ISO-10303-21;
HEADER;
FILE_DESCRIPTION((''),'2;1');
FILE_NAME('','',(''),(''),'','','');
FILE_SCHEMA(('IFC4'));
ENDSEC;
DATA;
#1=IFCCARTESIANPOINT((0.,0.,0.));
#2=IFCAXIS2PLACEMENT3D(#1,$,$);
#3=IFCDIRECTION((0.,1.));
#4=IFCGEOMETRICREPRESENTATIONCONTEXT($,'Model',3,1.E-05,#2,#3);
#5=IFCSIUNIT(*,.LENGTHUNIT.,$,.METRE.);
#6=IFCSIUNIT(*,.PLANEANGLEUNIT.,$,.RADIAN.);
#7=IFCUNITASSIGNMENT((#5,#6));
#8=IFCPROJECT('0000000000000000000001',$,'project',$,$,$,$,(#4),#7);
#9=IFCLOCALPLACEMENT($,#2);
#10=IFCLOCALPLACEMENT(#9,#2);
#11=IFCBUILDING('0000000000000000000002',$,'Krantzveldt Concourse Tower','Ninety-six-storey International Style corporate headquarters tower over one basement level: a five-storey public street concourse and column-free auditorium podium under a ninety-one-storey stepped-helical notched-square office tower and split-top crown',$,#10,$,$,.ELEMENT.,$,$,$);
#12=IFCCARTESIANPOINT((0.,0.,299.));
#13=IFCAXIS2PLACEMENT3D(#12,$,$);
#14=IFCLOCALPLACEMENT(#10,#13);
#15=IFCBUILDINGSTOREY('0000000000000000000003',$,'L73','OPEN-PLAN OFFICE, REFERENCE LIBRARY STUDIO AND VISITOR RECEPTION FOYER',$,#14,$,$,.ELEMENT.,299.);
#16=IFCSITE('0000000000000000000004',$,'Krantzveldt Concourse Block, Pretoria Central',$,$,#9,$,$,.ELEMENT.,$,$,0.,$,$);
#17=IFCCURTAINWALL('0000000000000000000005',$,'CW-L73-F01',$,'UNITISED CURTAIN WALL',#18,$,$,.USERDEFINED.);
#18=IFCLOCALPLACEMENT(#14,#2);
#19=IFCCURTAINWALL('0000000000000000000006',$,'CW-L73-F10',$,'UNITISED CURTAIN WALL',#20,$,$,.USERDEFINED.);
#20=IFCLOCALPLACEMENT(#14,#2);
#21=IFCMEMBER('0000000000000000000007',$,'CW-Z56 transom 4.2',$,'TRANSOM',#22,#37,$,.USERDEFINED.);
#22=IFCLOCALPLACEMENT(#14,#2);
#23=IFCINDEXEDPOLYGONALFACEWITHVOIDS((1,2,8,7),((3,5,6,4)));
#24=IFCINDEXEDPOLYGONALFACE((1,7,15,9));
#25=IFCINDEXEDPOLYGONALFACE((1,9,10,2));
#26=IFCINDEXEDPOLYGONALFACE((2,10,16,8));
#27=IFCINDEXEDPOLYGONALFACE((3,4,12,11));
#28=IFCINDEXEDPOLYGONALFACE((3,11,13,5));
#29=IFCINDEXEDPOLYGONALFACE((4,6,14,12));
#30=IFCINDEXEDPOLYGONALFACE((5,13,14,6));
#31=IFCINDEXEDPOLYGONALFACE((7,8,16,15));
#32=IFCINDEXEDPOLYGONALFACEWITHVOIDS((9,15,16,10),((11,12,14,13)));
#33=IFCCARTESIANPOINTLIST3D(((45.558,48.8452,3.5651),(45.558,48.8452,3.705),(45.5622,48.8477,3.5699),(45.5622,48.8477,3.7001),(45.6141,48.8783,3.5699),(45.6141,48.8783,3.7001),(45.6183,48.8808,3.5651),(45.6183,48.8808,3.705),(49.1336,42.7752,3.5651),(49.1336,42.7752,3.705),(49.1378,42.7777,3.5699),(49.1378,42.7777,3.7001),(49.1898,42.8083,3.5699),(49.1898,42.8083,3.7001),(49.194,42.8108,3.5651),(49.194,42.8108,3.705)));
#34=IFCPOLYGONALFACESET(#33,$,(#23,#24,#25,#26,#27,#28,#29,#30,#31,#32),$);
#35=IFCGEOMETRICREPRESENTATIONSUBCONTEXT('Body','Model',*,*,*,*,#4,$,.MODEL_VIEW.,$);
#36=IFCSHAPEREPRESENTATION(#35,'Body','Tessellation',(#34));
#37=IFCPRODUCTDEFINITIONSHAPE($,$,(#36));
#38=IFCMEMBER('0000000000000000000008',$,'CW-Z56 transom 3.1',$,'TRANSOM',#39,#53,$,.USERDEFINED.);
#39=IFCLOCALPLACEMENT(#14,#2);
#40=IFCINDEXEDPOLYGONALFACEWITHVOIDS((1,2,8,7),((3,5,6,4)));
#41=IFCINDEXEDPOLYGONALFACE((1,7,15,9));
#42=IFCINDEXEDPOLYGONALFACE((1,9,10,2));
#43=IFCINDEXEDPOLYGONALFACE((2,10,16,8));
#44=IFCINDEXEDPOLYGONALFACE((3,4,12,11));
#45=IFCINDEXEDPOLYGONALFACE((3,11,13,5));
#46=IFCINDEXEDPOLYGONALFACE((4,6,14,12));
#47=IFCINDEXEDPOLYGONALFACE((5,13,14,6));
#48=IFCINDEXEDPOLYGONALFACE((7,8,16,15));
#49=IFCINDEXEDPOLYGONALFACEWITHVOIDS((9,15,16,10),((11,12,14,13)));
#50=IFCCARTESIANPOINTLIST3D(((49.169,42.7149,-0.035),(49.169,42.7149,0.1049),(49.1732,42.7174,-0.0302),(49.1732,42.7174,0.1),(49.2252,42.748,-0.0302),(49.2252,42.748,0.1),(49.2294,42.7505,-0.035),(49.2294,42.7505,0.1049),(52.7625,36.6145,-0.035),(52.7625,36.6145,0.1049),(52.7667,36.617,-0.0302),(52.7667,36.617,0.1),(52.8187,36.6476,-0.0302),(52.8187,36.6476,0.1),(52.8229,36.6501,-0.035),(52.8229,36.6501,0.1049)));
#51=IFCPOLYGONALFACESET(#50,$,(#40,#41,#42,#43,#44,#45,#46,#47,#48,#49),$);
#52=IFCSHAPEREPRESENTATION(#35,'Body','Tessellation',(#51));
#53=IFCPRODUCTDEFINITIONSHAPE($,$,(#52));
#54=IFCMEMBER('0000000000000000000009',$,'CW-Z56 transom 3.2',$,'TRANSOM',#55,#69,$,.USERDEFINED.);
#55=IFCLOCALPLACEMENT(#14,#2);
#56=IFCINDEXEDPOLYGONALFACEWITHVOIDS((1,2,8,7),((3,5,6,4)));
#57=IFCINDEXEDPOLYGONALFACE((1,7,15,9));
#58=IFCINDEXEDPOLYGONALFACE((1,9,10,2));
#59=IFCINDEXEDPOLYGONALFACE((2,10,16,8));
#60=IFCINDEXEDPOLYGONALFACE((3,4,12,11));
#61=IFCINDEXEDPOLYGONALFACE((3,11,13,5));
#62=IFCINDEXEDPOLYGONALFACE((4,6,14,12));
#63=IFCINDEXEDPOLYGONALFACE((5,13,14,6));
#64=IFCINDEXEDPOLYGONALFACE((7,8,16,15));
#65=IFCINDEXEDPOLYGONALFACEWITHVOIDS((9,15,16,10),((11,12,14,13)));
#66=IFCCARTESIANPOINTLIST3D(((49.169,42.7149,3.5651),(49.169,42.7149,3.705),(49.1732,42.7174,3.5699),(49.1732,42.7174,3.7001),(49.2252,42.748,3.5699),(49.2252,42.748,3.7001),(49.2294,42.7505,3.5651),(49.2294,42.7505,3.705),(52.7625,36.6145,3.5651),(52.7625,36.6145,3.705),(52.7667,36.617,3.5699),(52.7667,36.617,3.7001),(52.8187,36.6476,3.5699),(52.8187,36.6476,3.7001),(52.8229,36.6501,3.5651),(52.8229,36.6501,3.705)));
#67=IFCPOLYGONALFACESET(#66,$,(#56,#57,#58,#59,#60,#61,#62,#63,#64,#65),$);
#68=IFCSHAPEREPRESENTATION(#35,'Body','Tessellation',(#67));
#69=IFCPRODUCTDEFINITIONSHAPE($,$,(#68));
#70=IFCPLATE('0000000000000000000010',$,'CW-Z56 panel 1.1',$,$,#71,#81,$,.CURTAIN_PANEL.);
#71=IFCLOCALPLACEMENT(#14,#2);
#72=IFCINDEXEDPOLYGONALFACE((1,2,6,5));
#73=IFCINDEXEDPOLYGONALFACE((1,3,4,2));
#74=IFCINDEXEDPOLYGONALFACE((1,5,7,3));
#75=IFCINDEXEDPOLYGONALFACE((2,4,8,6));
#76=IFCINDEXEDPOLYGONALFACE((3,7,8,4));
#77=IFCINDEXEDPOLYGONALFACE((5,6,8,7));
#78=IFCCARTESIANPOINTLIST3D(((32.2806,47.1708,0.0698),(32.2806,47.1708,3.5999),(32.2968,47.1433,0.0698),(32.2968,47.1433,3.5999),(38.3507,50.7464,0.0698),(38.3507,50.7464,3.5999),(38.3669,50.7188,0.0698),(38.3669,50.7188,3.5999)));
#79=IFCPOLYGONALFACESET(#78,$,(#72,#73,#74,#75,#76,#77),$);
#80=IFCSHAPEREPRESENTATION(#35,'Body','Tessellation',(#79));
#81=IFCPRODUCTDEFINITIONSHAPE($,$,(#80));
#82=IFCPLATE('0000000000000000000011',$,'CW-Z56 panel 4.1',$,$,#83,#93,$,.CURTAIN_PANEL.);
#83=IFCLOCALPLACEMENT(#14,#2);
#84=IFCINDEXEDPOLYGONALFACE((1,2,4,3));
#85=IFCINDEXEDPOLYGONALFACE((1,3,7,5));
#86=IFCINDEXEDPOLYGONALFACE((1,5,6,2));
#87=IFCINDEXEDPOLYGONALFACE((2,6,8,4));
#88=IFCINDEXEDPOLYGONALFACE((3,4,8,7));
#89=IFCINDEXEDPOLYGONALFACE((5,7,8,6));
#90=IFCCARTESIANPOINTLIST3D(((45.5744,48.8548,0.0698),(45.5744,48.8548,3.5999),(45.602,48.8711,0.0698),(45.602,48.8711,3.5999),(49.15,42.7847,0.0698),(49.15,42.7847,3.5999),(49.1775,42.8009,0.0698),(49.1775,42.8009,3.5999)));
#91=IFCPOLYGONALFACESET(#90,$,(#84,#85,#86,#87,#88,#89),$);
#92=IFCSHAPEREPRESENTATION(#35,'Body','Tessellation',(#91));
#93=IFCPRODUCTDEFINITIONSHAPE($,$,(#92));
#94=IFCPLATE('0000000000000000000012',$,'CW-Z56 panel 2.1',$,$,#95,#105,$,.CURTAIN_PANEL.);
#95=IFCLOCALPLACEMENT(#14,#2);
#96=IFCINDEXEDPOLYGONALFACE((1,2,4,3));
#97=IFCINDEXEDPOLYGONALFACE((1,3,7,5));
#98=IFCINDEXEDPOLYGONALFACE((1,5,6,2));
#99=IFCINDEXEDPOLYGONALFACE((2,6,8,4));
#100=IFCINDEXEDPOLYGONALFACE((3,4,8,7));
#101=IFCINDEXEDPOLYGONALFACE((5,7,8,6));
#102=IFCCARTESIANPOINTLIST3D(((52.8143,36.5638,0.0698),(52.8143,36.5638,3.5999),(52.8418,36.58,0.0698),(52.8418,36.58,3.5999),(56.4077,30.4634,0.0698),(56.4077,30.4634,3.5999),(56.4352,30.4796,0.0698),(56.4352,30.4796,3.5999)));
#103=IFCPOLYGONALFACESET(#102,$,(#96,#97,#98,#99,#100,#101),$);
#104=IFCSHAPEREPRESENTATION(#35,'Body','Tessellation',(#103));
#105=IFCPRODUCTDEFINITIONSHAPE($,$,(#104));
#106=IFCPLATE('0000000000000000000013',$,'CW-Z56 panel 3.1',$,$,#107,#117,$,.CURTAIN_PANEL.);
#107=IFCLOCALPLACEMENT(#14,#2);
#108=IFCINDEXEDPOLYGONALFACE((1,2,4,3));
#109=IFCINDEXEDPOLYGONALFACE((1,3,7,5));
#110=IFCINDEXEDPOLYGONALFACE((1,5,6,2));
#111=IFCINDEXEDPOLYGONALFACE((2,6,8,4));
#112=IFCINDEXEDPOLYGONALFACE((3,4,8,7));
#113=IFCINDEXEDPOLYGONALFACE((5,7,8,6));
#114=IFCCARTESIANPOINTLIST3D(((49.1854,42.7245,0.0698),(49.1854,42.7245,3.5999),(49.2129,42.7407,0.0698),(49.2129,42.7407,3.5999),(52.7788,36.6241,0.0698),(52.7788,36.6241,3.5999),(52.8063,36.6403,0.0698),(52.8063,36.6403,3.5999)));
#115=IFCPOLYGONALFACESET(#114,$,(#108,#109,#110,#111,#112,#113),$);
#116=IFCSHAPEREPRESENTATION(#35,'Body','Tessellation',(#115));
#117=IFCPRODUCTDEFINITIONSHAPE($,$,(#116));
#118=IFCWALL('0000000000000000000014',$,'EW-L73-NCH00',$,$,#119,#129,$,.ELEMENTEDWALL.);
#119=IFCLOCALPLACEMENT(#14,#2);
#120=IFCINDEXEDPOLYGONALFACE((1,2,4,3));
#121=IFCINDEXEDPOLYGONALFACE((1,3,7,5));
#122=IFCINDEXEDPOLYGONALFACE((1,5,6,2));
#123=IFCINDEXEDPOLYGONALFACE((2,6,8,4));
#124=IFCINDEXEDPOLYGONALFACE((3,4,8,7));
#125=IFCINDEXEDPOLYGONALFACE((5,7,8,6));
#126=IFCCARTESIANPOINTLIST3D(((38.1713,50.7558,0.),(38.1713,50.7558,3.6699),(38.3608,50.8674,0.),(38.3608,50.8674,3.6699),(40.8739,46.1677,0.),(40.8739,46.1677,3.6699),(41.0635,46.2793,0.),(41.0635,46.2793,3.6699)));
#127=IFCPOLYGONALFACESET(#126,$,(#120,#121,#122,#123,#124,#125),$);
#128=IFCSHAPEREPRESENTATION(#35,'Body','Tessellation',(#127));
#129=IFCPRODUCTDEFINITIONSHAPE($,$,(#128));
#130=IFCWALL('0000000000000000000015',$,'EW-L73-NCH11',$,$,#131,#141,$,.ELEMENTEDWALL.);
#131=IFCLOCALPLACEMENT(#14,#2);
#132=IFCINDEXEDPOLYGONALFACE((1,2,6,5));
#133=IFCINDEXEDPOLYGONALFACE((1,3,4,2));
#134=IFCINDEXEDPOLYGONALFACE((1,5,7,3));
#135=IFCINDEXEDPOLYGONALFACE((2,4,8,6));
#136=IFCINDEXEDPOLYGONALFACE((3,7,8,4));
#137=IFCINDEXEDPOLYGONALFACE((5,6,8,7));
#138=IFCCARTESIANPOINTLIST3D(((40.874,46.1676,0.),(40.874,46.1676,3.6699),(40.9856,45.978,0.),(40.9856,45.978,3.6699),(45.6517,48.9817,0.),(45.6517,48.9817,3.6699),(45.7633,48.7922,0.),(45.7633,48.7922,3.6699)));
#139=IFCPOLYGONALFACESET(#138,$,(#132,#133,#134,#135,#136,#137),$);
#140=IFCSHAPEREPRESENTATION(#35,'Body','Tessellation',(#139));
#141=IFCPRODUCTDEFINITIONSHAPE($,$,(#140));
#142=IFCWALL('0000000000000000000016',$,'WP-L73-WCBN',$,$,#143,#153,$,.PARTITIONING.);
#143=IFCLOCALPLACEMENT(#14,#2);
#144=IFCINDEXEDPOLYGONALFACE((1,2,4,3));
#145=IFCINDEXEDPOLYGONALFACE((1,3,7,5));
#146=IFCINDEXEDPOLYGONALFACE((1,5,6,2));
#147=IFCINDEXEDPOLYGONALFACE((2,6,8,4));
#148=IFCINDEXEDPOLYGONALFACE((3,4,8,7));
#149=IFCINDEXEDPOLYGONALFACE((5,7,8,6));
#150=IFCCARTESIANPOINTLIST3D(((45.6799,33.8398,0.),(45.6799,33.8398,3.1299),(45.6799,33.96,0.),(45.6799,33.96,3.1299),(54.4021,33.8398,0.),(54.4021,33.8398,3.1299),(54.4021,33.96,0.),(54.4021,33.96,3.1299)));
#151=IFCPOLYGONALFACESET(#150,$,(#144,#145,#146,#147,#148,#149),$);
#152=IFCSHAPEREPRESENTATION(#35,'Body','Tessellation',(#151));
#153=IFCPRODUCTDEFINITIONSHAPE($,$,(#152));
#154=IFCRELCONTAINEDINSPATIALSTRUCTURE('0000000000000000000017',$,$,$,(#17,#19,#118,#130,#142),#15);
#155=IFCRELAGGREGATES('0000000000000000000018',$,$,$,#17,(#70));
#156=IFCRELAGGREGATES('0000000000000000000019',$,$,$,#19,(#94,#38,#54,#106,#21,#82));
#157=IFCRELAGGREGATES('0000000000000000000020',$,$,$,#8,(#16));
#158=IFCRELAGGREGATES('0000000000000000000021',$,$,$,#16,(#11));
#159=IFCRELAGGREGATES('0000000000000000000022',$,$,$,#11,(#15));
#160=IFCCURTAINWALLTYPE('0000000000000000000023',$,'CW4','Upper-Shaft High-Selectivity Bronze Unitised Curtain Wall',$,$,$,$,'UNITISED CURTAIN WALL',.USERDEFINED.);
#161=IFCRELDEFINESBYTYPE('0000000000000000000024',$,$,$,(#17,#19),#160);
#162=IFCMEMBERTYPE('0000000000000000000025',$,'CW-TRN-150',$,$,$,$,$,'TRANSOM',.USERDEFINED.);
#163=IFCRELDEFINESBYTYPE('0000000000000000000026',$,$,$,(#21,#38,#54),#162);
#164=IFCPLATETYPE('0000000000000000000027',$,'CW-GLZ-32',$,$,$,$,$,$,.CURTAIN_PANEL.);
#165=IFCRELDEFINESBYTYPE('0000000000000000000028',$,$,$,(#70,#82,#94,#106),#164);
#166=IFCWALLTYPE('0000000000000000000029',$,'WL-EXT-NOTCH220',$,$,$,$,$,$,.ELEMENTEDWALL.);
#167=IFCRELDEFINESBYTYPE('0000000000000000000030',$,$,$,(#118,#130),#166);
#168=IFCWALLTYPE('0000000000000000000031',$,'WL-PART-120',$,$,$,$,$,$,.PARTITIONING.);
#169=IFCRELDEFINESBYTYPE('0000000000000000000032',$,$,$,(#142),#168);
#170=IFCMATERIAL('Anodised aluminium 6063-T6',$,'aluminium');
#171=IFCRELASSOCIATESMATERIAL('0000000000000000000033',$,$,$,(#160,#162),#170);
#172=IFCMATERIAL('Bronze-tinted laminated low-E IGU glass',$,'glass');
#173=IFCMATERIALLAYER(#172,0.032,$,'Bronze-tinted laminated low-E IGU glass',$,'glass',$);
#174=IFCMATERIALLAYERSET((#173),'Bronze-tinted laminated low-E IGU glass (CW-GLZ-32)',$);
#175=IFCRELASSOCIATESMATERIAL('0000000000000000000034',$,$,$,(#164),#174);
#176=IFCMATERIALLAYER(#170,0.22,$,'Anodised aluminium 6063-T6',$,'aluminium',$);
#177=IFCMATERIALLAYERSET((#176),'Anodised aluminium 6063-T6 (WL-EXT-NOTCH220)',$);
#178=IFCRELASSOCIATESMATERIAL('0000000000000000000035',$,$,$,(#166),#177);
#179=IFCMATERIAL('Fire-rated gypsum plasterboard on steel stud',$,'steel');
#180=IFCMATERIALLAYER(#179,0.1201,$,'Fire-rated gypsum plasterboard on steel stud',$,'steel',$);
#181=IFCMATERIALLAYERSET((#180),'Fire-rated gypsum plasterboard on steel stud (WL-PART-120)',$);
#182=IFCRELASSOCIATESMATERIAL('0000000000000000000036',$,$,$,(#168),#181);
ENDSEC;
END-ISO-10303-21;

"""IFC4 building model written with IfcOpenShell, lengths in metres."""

from ifc_helpers import new_model, si_unit, direction, frame, frame_2d, origin, origin_2d, place, context, subcontext, project, spatial, rectangle, hollow_rectangle, extrude, source, transform, mapped, material, layer, layer_set, material_profile, profile_set, type_object, type_shapes, element, aggregate, save


model = new_model("IFC4")

# Units and contexts
model_context = context("Model", 3, precision=1e-05, world=origin(), true_north=direction((0.0, 1.0)))
body_context = subcontext(model_context, "Body", "Model", "MODEL_VIEW")
ifc_project = project(units=[si_unit("LENGTHUNIT", "METRE"), si_unit("PLANEANGLEUNIT", "RADIAN")], contexts=[model_context])

# Site, building, storey
site_placement = place(None, origin())
site = spatial("IfcSite", under=ifc_project, at=site_placement, Name="Krantzveldt Concourse Block, Pretoria Central", CompositionType="ELEMENT", RefElevation=0.0)
building_placement = place(site_placement, origin())
building = spatial("IfcBuilding", under=site, at=building_placement, Name="Krantzveldt Concourse Tower", Description="Ninety-six-storey International Style corporate headquarters tower over one basement level: a five-storey public street concourse and column-free auditorium podium under a ninety-one-storey stepped-helical notched-square office tower and split-top crown", CompositionType="ELEMENT")
storey_placement = place(building_placement, frame((0.0, 0.0, 299.0)))
storey = spatial("IfcBuildingStorey", under=building, at=storey_placement, Name="L73", Description="OPEN-PLAN OFFICE, REFERENCE LIBRARY STUDIO AND VISITOR RECEPTION FOYER", CompositionType="ELEMENT", Elevation=299.0)

# Curtain wall
ifc_material_1 = material(Name="Anodised aluminium 6063-T6", Category="aluminium")
curtain_wall_type = type_object("IfcCurtainWallType", Name="CW4", Description="Upper-Shaft High-Selectivity Bronze Unitised Curtain Wall", ElementType="UNITISED CURTAIN WALL", PredefinedType="USERDEFINED", material=ifc_material_1)
curtain_wall_1_placement = place(storey_placement, origin())
curtain_wall_1 = element("IfcCurtainWall", 1, at=curtain_wall_1_placement, inside=storey, type_object=curtain_wall_type, Name="CW-L73-F01", ObjectType="UNITISED CURTAIN WALL", PredefinedType="USERDEFINED")

# Curtain wall
curtain_wall_2_placement = place(storey_placement, origin())
curtain_wall_2 = element("IfcCurtainWall", 2, at=curtain_wall_2_placement, inside=storey, type_object=curtain_wall_type, Name="CW-L73-F10", ObjectType="UNITISED CURTAIN WALL", PredefinedType="USERDEFINED")

# Members
ifc_material_profile_1 = material_profile(ifc_material_1, hollow_rectangle(XDim=0.0701, YDim=0.1399, WallThickness=0.0049, at=origin_2d()), Name="Anodised aluminium 6063-T6", Category="aluminium")
ifc_profile_set_1 = profile_set([ifc_material_profile_1], Name="Anodised aluminium 6063-T6 - ALU-TRAN 140x70x5")
member_type_1 = type_object("IfcMemberType", Name="CW-TRN-150", ElementType="TRANSOM", PredefinedType="USERDEFINED", material=ifc_profile_set_1)
shared_shape_1 = source(origin(), body_context, "Body", "SweptSolid", [
    extrude(hollow_rectangle(XDim=0.0701, YDim=0.1399, WallThickness=0.0049, at=origin_2d()), origin(), (0.0, 0.0, 1.0), 7.0449),
])
member_1_placement = place(storey_placement, frame((49.1638, 42.793, 3.635), z_axis=(-0.507553, 0.86162, 0.0), x_axis=(-0.86162, -0.507553, 0.0)))
member_1 = element("IfcMember", 3, at=member_1_placement, type_object=member_type_1, Name="CW-Z56 transom 4.2", ObjectType="TRANSOM", PredefinedType="USERDEFINED", context=body_context, shape_type="MappedRepresentation", body=[
    mapped(shared_shape_1, transform((0.0, 0.0, 0.0), x_axis=(1.0, 0.0, 0.0), y_axis=(0.0, 1.0, 0.0), z_axis=(0.0, 0.0, 1.0), scale=1.0)),
])
shared_shape_2 = source(origin(), body_context, "Body", "SweptSolid", [
    extrude(hollow_rectangle(XDim=0.0701, YDim=0.1399, WallThickness=0.0049, at=origin_2d()), origin(), (0.0, 0.0, 1.0), 7.0801),
])
type_shapes(member_type_1, [shared_shape_1, shared_shape_2])
member_2_placement = place(storey_placement, frame((52.7927, 36.6323, 0.0349), z_axis=(-0.507552, 0.861621, 0.0), x_axis=(-0.861621, -0.507552, 0.0)))
member_2 = element("IfcMember", 4, at=member_2_placement, type_object=member_type_1, Name="CW-Z56 transom 3.1", ObjectType="TRANSOM", PredefinedType="USERDEFINED", context=body_context, shape_type="MappedRepresentation", body=[
    mapped(shared_shape_2, transform((0.0, 0.0, 0.0), x_axis=(1.0, 0.0, 0.0), y_axis=(0.0, 1.0, 0.0), z_axis=(0.0, 0.0, 1.0), scale=1.0)),
])
member_3_placement = place(storey_placement, frame((52.7927, 36.6323, 3.635), z_axis=(-0.507552, 0.861621, 0.0), x_axis=(-0.861621, -0.507552, 0.0)))
member_3 = element("IfcMember", 5, at=member_3_placement, type_object=member_type_1, Name="CW-Z56 transom 3.2", ObjectType="TRANSOM", PredefinedType="USERDEFINED", context=body_context, shape_type="MappedRepresentation", body=[
    mapped(shared_shape_2, transform((0.0, 0.0, 0.0), x_axis=(1.0, 0.0, 0.0), y_axis=(0.0, 1.0, 0.0), z_axis=(0.0, 0.0, 1.0), scale=1.0)),
])

# Plates
ifc_material_2 = material(Name="Bronze-tinted laminated low-E IGU glass", Category="glass")
ifc_layer_1 = layer(ifc_material_2, 0.032, Name="Bronze-tinted laminated low-E IGU glass", Category="glass")
ifc_layer_set_1 = layer_set([ifc_layer_1], Name="Bronze-tinted laminated low-E IGU glass (CW-GLZ-32)")
plate_type = type_object("IfcPlateType", Name="CW-GLZ-32", PredefinedType="CURTAIN_PANEL", material=ifc_layer_set_1)
shared_shape_3 = source(origin(), body_context, "Body", "SweptSolid", [
    extrude(rectangle(XDim=7.0449, YDim=0.032, at=origin_2d()), origin(), (0.0, 0.0, 1.0), 3.53),
])
plate_1_placement = place(storey_placement, frame((35.3237, 48.9448, 0.0698), z_axis=(0.0, 0.0, 1.0), x_axis=(-0.861629, -0.507538, 0.0)))
plate_1 = element("IfcPlate", 6, at=plate_1_placement, type_object=plate_type, Name="CW-Z56 panel 1.1", PredefinedType="CURTAIN_PANEL", context=body_context, shape_type="MappedRepresentation", body=[
    mapped(shared_shape_3, transform((0.0, 0.0, 0.0), x_axis=(1.0, 0.0, 0.0), y_axis=(0.0, 1.0, 0.0), z_axis=(0.0, 0.0, 1.0), scale=1.0)),
])
aggregate(curtain_wall_1, [plate_1])
plate_2_placement = place(storey_placement, frame((47.376, 45.8279, 0.0698), z_axis=(0.0, 0.0, 1.0), x_axis=(-0.507538, 0.861629, 0.0)))
plate_2 = element("IfcPlate", 7, at=plate_2_placement, type_object=plate_type, Name="CW-Z56 panel 4.1", PredefinedType="CURTAIN_PANEL", context=body_context, shape_type="MappedRepresentation", body=[
    mapped(shared_shape_3, transform((0.0, 0.0, 0.0), x_axis=(1.0, 0.0, 0.0), y_axis=(0.0, 1.0, 0.0), z_axis=(0.0, 0.0, 1.0), scale=1.0)),
])
shared_shape_4 = source(origin(), body_context, "Body", "SweptSolid", [
    extrude(rectangle(XDim=7.0801, YDim=0.032, at=origin_2d()), origin(), (0.0, 0.0, 1.0), 3.53),
])
type_shapes(plate_type, [shared_shape_3, shared_shape_4])
plate_3_placement = place(storey_placement, frame((54.6248, 33.5217, 0.0698), z_axis=(0.0, 0.0, 1.0), x_axis=(-0.507538, 0.861629, 0.0)))
plate_3 = element("IfcPlate", 8, at=plate_3_placement, type_object=plate_type, Name="CW-Z56 panel 2.1", PredefinedType="CURTAIN_PANEL", context=body_context, shape_type="MappedRepresentation", body=[
    mapped(shared_shape_4, transform((0.0, 0.0, 0.0), x_axis=(1.0, 0.0, 0.0), y_axis=(0.0, 1.0, 0.0), z_axis=(0.0, 0.0, 1.0), scale=1.0)),
])
plate_4_placement = place(storey_placement, frame((50.9958, 39.6824, 0.0698), z_axis=(0.0, 0.0, 1.0), x_axis=(-0.507538, 0.861629, 0.0)))
plate_4 = element("IfcPlate", 9, at=plate_4_placement, type_object=plate_type, Name="CW-Z56 panel 3.1", PredefinedType="CURTAIN_PANEL", context=body_context, shape_type="MappedRepresentation", body=[
    mapped(shared_shape_4, transform((0.0, 0.0, 0.0), x_axis=(1.0, 0.0, 0.0), y_axis=(0.0, 1.0, 0.0), z_axis=(0.0, 0.0, 1.0), scale=1.0)),
])
aggregate(curtain_wall_2, [plate_3, member_2, member_3, plate_4, member_1, plate_2])

# Walls
ifc_layer_2 = layer(ifc_material_1, 0.22, Name="Anodised aluminium 6063-T6", Category="aluminium")
ifc_layer_set_2 = layer_set([ifc_layer_2], Name="Anodised aluminium 6063-T6 (WL-EXT-NOTCH220)")
wall_type_1 = type_object("IfcWallType", Name="WL-EXT-NOTCH220", PredefinedType="ELEMENTEDWALL", material=ifc_layer_set_2)
wall_1_placement = place(storey_placement, frame((40.9688, 46.2234, 0.0), z_axis=(0.0, 0.0, 1.0), x_axis=(-0.507541, 0.861628, 0.0)))
element("IfcWall", 10, at=wall_1_placement, inside=storey, type_object=wall_type_1, Name="EW-L73-NCH00", PredefinedType="ELEMENTEDWALL", context=body_context, shape_type="SweptSolid", body=[
    extrude(rectangle(XDim=5.325, YDim=0.22, at=frame_2d((2.6626, 0.0))), origin(), (0.0, 0.0, 1.0), 3.6699),
])
wall_2_placement = place(storey_placement, frame((45.7075, 48.887, 0.0), z_axis=(0.0, 0.0, 1.0), x_axis=(-0.861641, -0.507518, 0.0)))
element("IfcWall", 11, at=wall_2_placement, inside=storey, type_object=wall_type_1, Name="EW-L73-NCH11", PredefinedType="ELEMENTEDWALL", context=body_context, shape_type="SweptSolid", body=[
    extrude(rectangle(XDim=5.5449, YDim=0.22, at=frame_2d((2.7725, 0.0))), origin(), (0.0, 0.0, 1.0), 3.6699),
])
ifc_material_3 = material(Name="Fire-rated gypsum plasterboard on steel stud", Category="steel")
ifc_layer_3 = layer(ifc_material_3, 0.1201, Name="Fire-rated gypsum plasterboard on steel stud", Category="steel")
ifc_layer_set_3 = layer_set([ifc_layer_3], Name="Fire-rated gypsum plasterboard on steel stud (WL-PART-120)")
wall_type_2 = type_object("IfcWallType", Name="WL-PART-120", PredefinedType="PARTITIONING", material=ifc_layer_set_3)
wall_3_placement = place(storey_placement, frame((45.6799, 33.8999, 0.0), z_axis=(0.0, 0.0, 1.0), x_axis=(1.0, 0.0, 0.0)))
element("IfcWall", 12, at=wall_3_placement, inside=storey, type_object=wall_type_2, Name="WP-L73-WCBN", PredefinedType="PARTITIONING", context=body_context, shape_type="SweptSolid", body=[
    extrude(rectangle(XDim=8.7222, YDim=0.1201, at=frame_2d((4.3611, 0.0))), origin(), (0.0, 0.0, 1.0), 3.1299),
])

save(model, "model.ifc")
